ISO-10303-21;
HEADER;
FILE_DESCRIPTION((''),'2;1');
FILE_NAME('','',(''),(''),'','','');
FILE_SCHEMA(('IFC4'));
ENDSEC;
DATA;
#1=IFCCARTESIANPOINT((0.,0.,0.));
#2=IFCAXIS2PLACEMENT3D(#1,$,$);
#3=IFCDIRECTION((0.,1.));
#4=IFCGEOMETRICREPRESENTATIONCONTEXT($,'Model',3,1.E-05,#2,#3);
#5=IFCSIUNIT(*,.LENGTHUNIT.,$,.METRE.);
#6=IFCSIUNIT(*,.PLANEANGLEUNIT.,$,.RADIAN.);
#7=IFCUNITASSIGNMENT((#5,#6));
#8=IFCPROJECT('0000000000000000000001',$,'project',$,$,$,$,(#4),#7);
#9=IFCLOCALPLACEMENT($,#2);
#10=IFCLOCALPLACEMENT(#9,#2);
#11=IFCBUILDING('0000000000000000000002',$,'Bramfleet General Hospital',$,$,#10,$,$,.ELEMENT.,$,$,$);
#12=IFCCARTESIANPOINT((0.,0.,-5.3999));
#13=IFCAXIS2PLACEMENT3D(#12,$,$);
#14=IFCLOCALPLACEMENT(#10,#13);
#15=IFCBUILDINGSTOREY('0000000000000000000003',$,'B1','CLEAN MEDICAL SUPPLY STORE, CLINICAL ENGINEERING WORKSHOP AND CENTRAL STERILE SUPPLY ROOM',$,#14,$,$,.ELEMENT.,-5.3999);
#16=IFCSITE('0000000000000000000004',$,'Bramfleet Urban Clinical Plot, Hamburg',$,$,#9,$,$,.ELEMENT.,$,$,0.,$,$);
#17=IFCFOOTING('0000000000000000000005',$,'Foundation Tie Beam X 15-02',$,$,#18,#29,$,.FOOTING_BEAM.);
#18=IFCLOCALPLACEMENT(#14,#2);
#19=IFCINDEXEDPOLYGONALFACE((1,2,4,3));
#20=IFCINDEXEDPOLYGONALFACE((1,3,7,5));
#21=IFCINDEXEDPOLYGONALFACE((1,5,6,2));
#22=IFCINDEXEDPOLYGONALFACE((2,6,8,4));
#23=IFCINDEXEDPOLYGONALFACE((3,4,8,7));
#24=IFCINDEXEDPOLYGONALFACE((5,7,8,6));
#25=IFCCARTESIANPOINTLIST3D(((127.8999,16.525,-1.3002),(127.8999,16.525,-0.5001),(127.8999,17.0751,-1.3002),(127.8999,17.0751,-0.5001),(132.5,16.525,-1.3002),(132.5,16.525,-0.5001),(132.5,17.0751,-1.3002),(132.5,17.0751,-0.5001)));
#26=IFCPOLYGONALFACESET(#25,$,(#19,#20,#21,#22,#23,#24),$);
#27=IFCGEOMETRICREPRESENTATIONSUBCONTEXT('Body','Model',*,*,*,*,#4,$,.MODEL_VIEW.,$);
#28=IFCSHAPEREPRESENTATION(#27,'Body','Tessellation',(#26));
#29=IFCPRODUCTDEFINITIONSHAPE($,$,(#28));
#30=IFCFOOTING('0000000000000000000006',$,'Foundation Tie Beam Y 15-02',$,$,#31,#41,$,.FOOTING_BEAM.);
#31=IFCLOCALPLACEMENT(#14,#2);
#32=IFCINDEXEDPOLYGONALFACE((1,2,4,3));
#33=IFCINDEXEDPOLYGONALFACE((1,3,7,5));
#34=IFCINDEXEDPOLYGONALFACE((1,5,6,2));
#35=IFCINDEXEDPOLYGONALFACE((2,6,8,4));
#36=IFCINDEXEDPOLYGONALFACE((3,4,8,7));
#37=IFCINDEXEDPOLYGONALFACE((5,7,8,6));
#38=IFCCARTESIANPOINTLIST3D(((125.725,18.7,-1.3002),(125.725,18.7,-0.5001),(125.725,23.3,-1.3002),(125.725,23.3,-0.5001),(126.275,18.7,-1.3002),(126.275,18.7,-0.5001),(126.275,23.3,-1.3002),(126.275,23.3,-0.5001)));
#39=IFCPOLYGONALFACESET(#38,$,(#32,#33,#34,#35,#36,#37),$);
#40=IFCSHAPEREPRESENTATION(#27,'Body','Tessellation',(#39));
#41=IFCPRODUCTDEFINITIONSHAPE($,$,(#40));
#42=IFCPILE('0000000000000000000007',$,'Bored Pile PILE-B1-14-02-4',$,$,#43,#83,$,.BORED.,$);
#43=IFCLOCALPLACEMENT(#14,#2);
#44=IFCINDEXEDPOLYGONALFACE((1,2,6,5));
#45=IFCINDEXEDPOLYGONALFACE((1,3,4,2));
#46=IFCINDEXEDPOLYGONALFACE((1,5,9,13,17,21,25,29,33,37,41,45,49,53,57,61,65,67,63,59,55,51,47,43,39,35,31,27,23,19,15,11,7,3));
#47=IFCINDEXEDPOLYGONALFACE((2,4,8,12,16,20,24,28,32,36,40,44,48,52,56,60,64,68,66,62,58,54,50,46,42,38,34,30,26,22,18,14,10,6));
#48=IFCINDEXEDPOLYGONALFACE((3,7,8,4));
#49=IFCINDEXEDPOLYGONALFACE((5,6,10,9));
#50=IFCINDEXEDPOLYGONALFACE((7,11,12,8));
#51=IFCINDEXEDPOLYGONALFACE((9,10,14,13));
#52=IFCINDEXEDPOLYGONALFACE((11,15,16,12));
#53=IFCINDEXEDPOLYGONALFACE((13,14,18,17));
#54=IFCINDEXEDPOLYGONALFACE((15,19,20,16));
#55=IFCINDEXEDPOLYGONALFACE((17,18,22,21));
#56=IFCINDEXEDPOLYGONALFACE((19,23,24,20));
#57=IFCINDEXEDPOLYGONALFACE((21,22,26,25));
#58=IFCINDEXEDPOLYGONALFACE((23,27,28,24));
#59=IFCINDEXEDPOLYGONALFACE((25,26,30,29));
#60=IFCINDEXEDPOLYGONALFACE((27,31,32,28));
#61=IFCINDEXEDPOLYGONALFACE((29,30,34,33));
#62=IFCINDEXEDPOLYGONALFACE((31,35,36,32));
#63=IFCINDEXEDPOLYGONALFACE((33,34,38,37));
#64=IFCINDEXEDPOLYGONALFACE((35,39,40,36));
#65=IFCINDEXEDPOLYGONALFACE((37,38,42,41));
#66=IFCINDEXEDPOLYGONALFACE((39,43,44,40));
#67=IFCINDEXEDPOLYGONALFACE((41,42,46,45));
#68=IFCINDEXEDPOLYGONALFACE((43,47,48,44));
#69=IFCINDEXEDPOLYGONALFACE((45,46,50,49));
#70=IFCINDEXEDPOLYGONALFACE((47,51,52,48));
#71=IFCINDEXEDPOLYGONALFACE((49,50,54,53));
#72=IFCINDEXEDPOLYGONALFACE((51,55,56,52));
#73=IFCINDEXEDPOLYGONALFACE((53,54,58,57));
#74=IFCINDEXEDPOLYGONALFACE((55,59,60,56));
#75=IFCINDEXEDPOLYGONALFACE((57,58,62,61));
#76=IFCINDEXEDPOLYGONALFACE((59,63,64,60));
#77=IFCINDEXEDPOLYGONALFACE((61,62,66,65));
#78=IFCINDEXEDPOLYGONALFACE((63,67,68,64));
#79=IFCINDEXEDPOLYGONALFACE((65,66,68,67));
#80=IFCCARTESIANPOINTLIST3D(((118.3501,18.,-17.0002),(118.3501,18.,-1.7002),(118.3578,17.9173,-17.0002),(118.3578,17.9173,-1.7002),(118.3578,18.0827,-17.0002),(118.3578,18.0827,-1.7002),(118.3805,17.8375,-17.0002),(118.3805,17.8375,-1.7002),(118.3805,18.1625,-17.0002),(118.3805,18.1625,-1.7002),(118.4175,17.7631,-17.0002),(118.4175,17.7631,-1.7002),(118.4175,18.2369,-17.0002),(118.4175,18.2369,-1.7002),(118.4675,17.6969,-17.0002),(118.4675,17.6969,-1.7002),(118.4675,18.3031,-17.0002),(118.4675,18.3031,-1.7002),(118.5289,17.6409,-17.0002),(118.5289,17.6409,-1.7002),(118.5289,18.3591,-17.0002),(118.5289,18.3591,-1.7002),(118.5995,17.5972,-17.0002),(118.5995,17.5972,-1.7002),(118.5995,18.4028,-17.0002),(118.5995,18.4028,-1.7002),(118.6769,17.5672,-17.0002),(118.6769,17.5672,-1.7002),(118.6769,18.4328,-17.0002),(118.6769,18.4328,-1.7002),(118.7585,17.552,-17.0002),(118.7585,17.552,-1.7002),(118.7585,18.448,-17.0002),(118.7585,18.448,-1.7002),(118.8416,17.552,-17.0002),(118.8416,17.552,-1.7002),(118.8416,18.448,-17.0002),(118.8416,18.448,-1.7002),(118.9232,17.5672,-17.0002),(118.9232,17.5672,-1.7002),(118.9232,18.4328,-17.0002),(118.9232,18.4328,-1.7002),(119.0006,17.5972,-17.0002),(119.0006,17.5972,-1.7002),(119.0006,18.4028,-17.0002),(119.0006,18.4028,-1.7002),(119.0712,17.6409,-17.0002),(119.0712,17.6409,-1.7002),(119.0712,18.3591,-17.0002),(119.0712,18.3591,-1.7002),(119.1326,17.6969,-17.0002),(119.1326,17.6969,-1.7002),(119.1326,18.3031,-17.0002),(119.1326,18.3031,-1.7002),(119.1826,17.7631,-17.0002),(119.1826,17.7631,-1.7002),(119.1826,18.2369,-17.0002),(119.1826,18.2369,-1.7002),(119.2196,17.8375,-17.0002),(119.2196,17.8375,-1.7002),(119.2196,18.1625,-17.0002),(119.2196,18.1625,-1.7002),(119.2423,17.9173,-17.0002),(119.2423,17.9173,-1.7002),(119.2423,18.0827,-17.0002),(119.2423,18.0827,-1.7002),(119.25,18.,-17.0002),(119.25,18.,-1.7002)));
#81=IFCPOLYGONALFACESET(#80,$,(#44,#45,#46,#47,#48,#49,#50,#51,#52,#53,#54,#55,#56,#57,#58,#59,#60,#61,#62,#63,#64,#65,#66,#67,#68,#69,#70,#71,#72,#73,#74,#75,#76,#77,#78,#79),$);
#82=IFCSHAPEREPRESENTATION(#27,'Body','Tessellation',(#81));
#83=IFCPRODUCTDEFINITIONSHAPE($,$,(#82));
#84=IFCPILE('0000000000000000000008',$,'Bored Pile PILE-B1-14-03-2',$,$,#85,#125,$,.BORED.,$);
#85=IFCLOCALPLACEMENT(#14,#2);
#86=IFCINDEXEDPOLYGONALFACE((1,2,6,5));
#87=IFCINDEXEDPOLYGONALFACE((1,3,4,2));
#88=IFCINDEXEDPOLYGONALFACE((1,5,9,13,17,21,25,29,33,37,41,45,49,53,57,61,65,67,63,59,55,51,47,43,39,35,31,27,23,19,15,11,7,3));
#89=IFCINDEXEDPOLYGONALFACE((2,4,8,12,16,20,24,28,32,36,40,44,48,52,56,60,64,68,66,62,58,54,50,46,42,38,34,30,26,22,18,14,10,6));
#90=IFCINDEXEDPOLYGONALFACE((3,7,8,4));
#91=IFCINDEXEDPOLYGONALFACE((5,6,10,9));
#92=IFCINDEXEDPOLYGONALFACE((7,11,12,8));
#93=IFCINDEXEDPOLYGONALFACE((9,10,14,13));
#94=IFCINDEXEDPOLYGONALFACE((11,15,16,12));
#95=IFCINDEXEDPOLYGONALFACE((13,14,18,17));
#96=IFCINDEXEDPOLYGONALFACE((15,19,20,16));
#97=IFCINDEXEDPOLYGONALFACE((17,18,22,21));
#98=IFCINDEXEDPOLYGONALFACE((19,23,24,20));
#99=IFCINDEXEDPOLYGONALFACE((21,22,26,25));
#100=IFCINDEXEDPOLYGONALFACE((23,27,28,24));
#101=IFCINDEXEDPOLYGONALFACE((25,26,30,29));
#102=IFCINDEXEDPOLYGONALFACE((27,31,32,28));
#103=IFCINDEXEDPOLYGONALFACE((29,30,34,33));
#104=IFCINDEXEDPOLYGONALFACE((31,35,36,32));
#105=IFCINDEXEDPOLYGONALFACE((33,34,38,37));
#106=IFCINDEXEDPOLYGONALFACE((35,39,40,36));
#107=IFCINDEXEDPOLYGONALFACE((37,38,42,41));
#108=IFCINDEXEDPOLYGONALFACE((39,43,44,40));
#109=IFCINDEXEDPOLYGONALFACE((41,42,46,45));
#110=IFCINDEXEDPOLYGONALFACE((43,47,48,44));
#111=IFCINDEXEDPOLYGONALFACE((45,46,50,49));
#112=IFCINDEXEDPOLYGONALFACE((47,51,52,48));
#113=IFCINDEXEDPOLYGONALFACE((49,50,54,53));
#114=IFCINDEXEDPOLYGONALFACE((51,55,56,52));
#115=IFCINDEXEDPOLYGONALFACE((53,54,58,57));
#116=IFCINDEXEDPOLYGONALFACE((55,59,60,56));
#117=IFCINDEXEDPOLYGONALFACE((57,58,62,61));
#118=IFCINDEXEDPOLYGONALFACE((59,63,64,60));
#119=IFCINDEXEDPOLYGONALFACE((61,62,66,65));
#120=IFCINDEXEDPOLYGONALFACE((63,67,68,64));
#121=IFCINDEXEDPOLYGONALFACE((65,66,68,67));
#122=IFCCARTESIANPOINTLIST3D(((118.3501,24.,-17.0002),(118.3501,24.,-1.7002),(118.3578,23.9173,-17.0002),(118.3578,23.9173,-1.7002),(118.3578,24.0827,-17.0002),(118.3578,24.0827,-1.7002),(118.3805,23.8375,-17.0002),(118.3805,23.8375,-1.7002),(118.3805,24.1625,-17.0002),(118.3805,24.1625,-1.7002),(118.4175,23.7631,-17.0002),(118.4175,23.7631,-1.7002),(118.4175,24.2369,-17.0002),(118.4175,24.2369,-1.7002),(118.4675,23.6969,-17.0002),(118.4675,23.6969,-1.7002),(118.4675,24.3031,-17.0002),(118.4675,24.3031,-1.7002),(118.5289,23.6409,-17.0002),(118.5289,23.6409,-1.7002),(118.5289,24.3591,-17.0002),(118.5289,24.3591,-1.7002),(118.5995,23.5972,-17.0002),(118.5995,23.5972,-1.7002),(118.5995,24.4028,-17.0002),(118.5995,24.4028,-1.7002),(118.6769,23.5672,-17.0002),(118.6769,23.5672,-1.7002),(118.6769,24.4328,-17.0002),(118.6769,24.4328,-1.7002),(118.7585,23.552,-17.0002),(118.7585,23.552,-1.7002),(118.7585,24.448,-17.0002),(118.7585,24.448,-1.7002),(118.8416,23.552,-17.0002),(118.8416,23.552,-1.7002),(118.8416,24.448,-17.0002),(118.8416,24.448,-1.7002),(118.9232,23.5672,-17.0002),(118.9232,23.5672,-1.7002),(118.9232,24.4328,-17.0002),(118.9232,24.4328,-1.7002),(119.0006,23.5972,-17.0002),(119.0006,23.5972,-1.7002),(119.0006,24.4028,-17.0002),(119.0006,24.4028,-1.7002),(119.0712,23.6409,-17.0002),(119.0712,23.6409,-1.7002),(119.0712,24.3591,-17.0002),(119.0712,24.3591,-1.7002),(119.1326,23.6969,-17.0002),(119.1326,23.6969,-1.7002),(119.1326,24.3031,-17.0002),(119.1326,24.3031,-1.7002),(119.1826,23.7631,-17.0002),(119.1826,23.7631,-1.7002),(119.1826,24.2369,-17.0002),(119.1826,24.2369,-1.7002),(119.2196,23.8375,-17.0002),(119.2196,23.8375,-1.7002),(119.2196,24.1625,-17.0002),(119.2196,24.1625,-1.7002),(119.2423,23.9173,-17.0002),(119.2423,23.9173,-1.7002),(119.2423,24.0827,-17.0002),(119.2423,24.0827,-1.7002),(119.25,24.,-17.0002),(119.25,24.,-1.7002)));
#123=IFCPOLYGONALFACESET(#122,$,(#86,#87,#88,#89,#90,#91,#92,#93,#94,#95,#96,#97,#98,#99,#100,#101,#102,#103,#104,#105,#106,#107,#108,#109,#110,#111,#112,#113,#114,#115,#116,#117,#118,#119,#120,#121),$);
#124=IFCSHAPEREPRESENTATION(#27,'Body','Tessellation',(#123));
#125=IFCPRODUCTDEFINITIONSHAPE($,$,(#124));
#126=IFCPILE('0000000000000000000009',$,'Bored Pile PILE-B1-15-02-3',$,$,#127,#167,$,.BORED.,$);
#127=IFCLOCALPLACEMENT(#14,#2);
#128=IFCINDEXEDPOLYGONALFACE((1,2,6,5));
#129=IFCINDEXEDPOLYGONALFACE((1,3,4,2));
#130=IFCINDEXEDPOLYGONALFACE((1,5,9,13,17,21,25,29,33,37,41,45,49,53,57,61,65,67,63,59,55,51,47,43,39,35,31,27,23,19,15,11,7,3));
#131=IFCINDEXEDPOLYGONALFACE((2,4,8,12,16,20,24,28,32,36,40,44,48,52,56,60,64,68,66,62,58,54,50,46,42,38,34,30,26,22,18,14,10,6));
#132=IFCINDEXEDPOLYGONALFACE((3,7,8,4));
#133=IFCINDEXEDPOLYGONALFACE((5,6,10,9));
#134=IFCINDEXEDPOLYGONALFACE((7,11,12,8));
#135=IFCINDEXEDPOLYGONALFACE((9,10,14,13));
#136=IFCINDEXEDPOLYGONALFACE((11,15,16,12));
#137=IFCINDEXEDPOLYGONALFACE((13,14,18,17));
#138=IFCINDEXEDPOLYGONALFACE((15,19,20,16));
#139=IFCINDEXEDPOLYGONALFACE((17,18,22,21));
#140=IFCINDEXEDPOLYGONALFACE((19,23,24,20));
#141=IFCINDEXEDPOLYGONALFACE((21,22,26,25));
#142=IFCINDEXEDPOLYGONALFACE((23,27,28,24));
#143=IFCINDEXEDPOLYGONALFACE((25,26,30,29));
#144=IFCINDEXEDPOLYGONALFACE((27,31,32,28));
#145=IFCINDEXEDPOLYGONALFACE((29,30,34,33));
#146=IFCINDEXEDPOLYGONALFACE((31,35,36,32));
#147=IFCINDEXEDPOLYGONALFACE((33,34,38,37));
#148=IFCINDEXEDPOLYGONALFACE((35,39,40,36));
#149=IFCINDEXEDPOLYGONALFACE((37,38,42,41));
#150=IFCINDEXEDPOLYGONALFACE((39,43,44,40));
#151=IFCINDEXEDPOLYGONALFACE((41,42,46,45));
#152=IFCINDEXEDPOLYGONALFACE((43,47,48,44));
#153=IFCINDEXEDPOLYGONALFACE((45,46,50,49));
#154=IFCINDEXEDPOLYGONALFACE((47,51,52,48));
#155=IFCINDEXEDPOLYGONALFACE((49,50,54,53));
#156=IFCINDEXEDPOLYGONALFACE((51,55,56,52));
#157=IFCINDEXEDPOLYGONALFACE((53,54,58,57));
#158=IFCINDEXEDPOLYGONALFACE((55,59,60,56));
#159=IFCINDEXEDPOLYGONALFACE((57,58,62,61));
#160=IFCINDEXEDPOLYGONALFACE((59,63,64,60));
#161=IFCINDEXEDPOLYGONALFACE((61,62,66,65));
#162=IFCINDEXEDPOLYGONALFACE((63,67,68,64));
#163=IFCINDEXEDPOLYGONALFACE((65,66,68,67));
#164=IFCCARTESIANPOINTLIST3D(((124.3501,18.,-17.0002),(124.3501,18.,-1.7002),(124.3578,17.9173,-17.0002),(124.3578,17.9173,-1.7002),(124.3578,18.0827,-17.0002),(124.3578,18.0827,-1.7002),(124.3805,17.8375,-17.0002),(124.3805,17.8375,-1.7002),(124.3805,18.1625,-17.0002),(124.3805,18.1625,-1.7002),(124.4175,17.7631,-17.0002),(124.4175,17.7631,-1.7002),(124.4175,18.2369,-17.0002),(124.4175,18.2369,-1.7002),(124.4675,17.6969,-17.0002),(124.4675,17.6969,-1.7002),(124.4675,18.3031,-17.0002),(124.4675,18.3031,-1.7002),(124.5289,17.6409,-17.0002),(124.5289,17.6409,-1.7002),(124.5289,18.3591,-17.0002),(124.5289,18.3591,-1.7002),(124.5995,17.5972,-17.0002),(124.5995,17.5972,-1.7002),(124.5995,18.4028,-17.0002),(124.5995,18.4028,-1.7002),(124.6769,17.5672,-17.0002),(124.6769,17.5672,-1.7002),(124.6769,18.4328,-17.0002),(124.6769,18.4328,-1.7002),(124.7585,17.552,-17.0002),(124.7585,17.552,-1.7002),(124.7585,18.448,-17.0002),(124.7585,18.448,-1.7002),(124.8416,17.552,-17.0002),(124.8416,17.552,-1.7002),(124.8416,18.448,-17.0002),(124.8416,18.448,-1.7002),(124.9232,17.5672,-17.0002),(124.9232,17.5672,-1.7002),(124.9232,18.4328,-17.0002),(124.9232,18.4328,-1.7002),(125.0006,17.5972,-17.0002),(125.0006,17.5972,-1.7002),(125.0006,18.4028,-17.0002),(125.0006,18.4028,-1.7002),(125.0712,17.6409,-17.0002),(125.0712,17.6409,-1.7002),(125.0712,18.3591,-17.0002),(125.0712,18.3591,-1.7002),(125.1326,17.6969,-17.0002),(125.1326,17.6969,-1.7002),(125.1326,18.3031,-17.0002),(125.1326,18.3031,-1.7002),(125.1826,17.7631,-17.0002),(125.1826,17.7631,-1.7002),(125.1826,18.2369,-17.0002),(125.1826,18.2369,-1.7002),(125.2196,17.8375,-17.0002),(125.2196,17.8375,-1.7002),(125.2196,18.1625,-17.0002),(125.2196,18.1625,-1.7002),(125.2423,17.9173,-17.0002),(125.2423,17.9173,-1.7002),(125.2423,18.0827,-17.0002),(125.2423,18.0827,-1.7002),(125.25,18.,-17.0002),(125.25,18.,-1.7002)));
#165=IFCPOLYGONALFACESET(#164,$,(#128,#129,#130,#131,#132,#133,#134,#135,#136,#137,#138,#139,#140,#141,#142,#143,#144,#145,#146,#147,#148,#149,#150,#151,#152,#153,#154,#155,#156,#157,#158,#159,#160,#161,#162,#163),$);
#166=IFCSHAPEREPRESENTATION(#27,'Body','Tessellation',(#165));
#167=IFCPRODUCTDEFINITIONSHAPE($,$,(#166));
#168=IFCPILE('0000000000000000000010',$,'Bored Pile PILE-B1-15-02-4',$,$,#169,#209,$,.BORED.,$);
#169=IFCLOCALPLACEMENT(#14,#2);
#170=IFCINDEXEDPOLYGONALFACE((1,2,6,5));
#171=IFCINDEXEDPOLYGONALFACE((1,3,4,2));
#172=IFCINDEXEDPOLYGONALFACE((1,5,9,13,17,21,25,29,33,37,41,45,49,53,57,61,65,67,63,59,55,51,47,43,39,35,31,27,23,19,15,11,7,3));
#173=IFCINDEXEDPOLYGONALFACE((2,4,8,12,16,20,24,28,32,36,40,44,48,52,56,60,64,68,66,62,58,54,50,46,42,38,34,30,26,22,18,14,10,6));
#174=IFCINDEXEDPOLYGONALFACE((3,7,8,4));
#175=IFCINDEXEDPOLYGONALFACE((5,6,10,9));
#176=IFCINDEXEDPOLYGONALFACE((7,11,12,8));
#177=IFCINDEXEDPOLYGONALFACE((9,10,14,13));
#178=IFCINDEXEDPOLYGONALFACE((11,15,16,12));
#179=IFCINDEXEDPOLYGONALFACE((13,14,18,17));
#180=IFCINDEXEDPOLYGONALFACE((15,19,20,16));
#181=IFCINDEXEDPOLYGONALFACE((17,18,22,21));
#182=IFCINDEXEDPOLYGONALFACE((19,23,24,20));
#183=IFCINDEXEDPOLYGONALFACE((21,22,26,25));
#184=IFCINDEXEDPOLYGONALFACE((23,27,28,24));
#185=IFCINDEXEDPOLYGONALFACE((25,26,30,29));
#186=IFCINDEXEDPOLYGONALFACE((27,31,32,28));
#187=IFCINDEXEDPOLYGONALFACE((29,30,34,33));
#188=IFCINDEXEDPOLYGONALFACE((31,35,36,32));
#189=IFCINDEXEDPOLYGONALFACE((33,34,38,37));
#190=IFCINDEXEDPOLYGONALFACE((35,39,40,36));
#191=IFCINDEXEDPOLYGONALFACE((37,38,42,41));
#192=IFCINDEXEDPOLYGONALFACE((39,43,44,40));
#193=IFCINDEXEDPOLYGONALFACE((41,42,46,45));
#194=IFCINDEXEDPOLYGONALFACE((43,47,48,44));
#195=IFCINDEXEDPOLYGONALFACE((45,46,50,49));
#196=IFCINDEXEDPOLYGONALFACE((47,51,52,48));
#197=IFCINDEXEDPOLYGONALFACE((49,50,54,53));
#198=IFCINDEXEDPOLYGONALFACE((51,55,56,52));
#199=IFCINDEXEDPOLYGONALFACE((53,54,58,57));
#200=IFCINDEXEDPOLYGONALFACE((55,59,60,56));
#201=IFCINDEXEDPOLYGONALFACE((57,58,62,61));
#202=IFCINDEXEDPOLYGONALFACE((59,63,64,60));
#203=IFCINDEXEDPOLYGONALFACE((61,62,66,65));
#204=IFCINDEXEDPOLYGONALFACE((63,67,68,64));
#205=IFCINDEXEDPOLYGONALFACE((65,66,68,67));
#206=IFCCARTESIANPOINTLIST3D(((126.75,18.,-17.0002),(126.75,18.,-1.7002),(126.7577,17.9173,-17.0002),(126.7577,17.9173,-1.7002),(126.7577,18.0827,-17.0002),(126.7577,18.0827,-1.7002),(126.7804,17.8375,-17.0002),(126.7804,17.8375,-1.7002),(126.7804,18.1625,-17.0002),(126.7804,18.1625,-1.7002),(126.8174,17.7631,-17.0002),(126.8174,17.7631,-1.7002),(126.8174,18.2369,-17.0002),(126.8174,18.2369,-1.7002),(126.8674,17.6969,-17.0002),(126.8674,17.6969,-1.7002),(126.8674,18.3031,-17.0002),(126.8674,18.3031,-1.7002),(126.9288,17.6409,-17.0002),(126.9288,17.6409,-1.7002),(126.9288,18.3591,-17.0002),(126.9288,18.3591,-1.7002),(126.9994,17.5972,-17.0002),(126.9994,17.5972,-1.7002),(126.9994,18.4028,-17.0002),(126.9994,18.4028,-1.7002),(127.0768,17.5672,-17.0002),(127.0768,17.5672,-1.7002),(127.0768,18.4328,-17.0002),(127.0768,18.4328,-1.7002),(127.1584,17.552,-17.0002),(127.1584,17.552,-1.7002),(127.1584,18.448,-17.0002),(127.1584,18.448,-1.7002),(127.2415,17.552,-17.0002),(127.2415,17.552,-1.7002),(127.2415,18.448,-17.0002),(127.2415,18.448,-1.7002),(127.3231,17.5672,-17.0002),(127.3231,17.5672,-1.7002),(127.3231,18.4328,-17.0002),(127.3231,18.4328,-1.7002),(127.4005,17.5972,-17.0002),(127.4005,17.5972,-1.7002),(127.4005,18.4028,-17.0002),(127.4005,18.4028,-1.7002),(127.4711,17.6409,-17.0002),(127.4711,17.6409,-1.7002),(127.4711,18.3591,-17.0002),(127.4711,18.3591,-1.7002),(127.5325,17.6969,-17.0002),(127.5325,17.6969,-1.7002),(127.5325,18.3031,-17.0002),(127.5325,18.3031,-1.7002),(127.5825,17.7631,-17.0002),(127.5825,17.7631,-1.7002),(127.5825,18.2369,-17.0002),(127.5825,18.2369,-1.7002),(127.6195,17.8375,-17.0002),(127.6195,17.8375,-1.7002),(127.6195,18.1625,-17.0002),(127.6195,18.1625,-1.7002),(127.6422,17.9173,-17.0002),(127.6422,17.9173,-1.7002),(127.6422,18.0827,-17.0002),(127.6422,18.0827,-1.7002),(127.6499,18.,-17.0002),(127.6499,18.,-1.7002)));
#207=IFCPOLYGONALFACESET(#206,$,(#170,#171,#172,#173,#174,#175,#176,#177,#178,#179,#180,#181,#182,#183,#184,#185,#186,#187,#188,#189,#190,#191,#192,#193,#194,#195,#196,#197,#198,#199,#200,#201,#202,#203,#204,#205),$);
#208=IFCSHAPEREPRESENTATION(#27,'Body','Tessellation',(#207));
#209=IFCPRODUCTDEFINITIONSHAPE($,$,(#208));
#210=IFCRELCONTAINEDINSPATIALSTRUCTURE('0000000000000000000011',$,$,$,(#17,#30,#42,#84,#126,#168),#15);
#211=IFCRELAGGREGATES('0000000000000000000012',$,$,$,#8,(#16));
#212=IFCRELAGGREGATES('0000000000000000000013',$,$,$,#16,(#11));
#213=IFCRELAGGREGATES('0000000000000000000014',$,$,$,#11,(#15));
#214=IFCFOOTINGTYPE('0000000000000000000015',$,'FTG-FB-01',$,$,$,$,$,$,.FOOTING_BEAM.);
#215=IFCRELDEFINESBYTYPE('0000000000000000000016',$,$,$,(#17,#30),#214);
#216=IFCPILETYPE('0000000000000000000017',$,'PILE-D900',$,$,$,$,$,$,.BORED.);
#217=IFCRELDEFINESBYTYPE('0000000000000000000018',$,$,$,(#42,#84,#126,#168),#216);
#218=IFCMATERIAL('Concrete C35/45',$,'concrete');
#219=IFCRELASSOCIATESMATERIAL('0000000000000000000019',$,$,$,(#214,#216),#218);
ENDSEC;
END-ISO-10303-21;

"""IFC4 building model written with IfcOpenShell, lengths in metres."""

from ifc_helpers import new_model, si_unit, direction, frame, origin, origin_2d, place, context, subcontext, project, spatial, rectangle, circle, extrude, material, material_profile, profile_set, type_object, element, save


model = new_model("IFC4")

# Units and contexts
model_context = context("Model", 3, precision=1e-05, world=origin(), true_north=direction((0.0, 1.0)))
body_context = subcontext(model_context, "Body", "Model", "MODEL_VIEW")
ifc_project = project(units=[si_unit("LENGTHUNIT", "METRE"), si_unit("PLANEANGLEUNIT", "RADIAN")], contexts=[model_context])

# Site, building, storey
site_placement = place(None, origin())
site = spatial("IfcSite", under=ifc_project, at=site_placement, Name="Bramfleet Urban Clinical Plot, Hamburg", CompositionType="ELEMENT", RefElevation=0.0)
building_placement = place(site_placement, origin())
building = spatial("IfcBuilding", under=site, at=building_placement, Name="Bramfleet General Hospital", CompositionType="ELEMENT")
storey_placement = place(building_placement, frame((0.0, 0.0, -5.3999)))
storey = spatial("IfcBuildingStorey", under=building, at=storey_placement, Name="B1", Description="CLEAN MEDICAL SUPPLY STORE, CLINICAL ENGINEERING WORKSHOP AND CENTRAL STERILE SUPPLY ROOM", CompositionType="ELEMENT", Elevation=-5.3999)

# Footings
ifc_material_1 = material(Name="Concrete C35/45", Category="concrete")
ifc_material_profile_1 = material_profile(ifc_material_1, rectangle(XDim=0.55, YDim=0.8, at=origin_2d()), Name="RC FB 800x550")
ifc_profile_set_1 = profile_set([ifc_material_profile_1], Name="Concrete C35/45")
footing_type = type_object("IfcFootingType", Name="FTG-FB-01", PredefinedType="FOOTING_BEAM", material=ifc_profile_set_1)
for number, where, z_axis, x_axis, name in (
    (1, (127.8999, 16.8, -0.9001), (1.0, 0.0, 0.0), (0.0, 1.0, 0.0), "Foundation Tie Beam X 15-02"),
    (2, (126.0, 18.7, -0.9001), (0.0, 1.0, 0.0), (-1.0, 0.0, 0.0), "Foundation Tie Beam Y 15-02"),
):
    element("IfcFooting", number, at=place(storey_placement, frame(where, z_axis=z_axis, x_axis=x_axis)), inside=storey, type_object=footing_type, Name=name, PredefinedType="FOOTING_BEAM", context=body_context, shape_type="SweptSolid", body=[
        extrude(rectangle(XDim=0.55, YDim=0.8, at=origin_2d()), origin(), (0.0, 0.0, 1.0), 4.6001),
    ])

# Piles
ifc_material_profile_2 = material_profile(ifc_material_1, circle(Radius=0.45, at=origin_2d()), Name="PILE BORED D900")
ifc_profile_set_2 = profile_set([ifc_material_profile_2], Name="Concrete C35/45")
pile_type = type_object("IfcPileType", Name="PILE-D900", PredefinedType="BORED", material=ifc_profile_set_2)
for number, where, z_axis, x_axis, name in (
    (3, (118.8, 18.0, -1.7002), (0.0, 0.0, -1.0), (1.0, 0.0, 0.0), "Bored Pile PILE-B1-14-02-4"),
    (4, (118.8, 24.0, -1.7002), (0.0, 0.0, -1.0), (1.0, 0.0, 0.0), "Bored Pile PILE-B1-14-03-2"),
    (5, (124.8, 18.0, -1.7002), (0.0, 0.0, -1.0), (1.0, 0.0, 0.0), "Bored Pile PILE-B1-15-02-3"),
    (6, (127.2, 18.0, -1.7002), (0.0, 0.0, -1.0), (1.0, 0.0, 0.0), "Bored Pile PILE-B1-15-02-4"),
):
    element("IfcPile", number, at=place(storey_placement, frame(where, z_axis=z_axis, x_axis=x_axis)), inside=storey, type_object=pile_type, Name=name, PredefinedType="BORED", context=body_context, shape_type="SweptSolid", body=[
        extrude(circle(Radius=0.45, at=origin_2d()), origin(), (0.0, 0.0, 1.0), 15.3),
    ])

save(model, "model.ifc")
